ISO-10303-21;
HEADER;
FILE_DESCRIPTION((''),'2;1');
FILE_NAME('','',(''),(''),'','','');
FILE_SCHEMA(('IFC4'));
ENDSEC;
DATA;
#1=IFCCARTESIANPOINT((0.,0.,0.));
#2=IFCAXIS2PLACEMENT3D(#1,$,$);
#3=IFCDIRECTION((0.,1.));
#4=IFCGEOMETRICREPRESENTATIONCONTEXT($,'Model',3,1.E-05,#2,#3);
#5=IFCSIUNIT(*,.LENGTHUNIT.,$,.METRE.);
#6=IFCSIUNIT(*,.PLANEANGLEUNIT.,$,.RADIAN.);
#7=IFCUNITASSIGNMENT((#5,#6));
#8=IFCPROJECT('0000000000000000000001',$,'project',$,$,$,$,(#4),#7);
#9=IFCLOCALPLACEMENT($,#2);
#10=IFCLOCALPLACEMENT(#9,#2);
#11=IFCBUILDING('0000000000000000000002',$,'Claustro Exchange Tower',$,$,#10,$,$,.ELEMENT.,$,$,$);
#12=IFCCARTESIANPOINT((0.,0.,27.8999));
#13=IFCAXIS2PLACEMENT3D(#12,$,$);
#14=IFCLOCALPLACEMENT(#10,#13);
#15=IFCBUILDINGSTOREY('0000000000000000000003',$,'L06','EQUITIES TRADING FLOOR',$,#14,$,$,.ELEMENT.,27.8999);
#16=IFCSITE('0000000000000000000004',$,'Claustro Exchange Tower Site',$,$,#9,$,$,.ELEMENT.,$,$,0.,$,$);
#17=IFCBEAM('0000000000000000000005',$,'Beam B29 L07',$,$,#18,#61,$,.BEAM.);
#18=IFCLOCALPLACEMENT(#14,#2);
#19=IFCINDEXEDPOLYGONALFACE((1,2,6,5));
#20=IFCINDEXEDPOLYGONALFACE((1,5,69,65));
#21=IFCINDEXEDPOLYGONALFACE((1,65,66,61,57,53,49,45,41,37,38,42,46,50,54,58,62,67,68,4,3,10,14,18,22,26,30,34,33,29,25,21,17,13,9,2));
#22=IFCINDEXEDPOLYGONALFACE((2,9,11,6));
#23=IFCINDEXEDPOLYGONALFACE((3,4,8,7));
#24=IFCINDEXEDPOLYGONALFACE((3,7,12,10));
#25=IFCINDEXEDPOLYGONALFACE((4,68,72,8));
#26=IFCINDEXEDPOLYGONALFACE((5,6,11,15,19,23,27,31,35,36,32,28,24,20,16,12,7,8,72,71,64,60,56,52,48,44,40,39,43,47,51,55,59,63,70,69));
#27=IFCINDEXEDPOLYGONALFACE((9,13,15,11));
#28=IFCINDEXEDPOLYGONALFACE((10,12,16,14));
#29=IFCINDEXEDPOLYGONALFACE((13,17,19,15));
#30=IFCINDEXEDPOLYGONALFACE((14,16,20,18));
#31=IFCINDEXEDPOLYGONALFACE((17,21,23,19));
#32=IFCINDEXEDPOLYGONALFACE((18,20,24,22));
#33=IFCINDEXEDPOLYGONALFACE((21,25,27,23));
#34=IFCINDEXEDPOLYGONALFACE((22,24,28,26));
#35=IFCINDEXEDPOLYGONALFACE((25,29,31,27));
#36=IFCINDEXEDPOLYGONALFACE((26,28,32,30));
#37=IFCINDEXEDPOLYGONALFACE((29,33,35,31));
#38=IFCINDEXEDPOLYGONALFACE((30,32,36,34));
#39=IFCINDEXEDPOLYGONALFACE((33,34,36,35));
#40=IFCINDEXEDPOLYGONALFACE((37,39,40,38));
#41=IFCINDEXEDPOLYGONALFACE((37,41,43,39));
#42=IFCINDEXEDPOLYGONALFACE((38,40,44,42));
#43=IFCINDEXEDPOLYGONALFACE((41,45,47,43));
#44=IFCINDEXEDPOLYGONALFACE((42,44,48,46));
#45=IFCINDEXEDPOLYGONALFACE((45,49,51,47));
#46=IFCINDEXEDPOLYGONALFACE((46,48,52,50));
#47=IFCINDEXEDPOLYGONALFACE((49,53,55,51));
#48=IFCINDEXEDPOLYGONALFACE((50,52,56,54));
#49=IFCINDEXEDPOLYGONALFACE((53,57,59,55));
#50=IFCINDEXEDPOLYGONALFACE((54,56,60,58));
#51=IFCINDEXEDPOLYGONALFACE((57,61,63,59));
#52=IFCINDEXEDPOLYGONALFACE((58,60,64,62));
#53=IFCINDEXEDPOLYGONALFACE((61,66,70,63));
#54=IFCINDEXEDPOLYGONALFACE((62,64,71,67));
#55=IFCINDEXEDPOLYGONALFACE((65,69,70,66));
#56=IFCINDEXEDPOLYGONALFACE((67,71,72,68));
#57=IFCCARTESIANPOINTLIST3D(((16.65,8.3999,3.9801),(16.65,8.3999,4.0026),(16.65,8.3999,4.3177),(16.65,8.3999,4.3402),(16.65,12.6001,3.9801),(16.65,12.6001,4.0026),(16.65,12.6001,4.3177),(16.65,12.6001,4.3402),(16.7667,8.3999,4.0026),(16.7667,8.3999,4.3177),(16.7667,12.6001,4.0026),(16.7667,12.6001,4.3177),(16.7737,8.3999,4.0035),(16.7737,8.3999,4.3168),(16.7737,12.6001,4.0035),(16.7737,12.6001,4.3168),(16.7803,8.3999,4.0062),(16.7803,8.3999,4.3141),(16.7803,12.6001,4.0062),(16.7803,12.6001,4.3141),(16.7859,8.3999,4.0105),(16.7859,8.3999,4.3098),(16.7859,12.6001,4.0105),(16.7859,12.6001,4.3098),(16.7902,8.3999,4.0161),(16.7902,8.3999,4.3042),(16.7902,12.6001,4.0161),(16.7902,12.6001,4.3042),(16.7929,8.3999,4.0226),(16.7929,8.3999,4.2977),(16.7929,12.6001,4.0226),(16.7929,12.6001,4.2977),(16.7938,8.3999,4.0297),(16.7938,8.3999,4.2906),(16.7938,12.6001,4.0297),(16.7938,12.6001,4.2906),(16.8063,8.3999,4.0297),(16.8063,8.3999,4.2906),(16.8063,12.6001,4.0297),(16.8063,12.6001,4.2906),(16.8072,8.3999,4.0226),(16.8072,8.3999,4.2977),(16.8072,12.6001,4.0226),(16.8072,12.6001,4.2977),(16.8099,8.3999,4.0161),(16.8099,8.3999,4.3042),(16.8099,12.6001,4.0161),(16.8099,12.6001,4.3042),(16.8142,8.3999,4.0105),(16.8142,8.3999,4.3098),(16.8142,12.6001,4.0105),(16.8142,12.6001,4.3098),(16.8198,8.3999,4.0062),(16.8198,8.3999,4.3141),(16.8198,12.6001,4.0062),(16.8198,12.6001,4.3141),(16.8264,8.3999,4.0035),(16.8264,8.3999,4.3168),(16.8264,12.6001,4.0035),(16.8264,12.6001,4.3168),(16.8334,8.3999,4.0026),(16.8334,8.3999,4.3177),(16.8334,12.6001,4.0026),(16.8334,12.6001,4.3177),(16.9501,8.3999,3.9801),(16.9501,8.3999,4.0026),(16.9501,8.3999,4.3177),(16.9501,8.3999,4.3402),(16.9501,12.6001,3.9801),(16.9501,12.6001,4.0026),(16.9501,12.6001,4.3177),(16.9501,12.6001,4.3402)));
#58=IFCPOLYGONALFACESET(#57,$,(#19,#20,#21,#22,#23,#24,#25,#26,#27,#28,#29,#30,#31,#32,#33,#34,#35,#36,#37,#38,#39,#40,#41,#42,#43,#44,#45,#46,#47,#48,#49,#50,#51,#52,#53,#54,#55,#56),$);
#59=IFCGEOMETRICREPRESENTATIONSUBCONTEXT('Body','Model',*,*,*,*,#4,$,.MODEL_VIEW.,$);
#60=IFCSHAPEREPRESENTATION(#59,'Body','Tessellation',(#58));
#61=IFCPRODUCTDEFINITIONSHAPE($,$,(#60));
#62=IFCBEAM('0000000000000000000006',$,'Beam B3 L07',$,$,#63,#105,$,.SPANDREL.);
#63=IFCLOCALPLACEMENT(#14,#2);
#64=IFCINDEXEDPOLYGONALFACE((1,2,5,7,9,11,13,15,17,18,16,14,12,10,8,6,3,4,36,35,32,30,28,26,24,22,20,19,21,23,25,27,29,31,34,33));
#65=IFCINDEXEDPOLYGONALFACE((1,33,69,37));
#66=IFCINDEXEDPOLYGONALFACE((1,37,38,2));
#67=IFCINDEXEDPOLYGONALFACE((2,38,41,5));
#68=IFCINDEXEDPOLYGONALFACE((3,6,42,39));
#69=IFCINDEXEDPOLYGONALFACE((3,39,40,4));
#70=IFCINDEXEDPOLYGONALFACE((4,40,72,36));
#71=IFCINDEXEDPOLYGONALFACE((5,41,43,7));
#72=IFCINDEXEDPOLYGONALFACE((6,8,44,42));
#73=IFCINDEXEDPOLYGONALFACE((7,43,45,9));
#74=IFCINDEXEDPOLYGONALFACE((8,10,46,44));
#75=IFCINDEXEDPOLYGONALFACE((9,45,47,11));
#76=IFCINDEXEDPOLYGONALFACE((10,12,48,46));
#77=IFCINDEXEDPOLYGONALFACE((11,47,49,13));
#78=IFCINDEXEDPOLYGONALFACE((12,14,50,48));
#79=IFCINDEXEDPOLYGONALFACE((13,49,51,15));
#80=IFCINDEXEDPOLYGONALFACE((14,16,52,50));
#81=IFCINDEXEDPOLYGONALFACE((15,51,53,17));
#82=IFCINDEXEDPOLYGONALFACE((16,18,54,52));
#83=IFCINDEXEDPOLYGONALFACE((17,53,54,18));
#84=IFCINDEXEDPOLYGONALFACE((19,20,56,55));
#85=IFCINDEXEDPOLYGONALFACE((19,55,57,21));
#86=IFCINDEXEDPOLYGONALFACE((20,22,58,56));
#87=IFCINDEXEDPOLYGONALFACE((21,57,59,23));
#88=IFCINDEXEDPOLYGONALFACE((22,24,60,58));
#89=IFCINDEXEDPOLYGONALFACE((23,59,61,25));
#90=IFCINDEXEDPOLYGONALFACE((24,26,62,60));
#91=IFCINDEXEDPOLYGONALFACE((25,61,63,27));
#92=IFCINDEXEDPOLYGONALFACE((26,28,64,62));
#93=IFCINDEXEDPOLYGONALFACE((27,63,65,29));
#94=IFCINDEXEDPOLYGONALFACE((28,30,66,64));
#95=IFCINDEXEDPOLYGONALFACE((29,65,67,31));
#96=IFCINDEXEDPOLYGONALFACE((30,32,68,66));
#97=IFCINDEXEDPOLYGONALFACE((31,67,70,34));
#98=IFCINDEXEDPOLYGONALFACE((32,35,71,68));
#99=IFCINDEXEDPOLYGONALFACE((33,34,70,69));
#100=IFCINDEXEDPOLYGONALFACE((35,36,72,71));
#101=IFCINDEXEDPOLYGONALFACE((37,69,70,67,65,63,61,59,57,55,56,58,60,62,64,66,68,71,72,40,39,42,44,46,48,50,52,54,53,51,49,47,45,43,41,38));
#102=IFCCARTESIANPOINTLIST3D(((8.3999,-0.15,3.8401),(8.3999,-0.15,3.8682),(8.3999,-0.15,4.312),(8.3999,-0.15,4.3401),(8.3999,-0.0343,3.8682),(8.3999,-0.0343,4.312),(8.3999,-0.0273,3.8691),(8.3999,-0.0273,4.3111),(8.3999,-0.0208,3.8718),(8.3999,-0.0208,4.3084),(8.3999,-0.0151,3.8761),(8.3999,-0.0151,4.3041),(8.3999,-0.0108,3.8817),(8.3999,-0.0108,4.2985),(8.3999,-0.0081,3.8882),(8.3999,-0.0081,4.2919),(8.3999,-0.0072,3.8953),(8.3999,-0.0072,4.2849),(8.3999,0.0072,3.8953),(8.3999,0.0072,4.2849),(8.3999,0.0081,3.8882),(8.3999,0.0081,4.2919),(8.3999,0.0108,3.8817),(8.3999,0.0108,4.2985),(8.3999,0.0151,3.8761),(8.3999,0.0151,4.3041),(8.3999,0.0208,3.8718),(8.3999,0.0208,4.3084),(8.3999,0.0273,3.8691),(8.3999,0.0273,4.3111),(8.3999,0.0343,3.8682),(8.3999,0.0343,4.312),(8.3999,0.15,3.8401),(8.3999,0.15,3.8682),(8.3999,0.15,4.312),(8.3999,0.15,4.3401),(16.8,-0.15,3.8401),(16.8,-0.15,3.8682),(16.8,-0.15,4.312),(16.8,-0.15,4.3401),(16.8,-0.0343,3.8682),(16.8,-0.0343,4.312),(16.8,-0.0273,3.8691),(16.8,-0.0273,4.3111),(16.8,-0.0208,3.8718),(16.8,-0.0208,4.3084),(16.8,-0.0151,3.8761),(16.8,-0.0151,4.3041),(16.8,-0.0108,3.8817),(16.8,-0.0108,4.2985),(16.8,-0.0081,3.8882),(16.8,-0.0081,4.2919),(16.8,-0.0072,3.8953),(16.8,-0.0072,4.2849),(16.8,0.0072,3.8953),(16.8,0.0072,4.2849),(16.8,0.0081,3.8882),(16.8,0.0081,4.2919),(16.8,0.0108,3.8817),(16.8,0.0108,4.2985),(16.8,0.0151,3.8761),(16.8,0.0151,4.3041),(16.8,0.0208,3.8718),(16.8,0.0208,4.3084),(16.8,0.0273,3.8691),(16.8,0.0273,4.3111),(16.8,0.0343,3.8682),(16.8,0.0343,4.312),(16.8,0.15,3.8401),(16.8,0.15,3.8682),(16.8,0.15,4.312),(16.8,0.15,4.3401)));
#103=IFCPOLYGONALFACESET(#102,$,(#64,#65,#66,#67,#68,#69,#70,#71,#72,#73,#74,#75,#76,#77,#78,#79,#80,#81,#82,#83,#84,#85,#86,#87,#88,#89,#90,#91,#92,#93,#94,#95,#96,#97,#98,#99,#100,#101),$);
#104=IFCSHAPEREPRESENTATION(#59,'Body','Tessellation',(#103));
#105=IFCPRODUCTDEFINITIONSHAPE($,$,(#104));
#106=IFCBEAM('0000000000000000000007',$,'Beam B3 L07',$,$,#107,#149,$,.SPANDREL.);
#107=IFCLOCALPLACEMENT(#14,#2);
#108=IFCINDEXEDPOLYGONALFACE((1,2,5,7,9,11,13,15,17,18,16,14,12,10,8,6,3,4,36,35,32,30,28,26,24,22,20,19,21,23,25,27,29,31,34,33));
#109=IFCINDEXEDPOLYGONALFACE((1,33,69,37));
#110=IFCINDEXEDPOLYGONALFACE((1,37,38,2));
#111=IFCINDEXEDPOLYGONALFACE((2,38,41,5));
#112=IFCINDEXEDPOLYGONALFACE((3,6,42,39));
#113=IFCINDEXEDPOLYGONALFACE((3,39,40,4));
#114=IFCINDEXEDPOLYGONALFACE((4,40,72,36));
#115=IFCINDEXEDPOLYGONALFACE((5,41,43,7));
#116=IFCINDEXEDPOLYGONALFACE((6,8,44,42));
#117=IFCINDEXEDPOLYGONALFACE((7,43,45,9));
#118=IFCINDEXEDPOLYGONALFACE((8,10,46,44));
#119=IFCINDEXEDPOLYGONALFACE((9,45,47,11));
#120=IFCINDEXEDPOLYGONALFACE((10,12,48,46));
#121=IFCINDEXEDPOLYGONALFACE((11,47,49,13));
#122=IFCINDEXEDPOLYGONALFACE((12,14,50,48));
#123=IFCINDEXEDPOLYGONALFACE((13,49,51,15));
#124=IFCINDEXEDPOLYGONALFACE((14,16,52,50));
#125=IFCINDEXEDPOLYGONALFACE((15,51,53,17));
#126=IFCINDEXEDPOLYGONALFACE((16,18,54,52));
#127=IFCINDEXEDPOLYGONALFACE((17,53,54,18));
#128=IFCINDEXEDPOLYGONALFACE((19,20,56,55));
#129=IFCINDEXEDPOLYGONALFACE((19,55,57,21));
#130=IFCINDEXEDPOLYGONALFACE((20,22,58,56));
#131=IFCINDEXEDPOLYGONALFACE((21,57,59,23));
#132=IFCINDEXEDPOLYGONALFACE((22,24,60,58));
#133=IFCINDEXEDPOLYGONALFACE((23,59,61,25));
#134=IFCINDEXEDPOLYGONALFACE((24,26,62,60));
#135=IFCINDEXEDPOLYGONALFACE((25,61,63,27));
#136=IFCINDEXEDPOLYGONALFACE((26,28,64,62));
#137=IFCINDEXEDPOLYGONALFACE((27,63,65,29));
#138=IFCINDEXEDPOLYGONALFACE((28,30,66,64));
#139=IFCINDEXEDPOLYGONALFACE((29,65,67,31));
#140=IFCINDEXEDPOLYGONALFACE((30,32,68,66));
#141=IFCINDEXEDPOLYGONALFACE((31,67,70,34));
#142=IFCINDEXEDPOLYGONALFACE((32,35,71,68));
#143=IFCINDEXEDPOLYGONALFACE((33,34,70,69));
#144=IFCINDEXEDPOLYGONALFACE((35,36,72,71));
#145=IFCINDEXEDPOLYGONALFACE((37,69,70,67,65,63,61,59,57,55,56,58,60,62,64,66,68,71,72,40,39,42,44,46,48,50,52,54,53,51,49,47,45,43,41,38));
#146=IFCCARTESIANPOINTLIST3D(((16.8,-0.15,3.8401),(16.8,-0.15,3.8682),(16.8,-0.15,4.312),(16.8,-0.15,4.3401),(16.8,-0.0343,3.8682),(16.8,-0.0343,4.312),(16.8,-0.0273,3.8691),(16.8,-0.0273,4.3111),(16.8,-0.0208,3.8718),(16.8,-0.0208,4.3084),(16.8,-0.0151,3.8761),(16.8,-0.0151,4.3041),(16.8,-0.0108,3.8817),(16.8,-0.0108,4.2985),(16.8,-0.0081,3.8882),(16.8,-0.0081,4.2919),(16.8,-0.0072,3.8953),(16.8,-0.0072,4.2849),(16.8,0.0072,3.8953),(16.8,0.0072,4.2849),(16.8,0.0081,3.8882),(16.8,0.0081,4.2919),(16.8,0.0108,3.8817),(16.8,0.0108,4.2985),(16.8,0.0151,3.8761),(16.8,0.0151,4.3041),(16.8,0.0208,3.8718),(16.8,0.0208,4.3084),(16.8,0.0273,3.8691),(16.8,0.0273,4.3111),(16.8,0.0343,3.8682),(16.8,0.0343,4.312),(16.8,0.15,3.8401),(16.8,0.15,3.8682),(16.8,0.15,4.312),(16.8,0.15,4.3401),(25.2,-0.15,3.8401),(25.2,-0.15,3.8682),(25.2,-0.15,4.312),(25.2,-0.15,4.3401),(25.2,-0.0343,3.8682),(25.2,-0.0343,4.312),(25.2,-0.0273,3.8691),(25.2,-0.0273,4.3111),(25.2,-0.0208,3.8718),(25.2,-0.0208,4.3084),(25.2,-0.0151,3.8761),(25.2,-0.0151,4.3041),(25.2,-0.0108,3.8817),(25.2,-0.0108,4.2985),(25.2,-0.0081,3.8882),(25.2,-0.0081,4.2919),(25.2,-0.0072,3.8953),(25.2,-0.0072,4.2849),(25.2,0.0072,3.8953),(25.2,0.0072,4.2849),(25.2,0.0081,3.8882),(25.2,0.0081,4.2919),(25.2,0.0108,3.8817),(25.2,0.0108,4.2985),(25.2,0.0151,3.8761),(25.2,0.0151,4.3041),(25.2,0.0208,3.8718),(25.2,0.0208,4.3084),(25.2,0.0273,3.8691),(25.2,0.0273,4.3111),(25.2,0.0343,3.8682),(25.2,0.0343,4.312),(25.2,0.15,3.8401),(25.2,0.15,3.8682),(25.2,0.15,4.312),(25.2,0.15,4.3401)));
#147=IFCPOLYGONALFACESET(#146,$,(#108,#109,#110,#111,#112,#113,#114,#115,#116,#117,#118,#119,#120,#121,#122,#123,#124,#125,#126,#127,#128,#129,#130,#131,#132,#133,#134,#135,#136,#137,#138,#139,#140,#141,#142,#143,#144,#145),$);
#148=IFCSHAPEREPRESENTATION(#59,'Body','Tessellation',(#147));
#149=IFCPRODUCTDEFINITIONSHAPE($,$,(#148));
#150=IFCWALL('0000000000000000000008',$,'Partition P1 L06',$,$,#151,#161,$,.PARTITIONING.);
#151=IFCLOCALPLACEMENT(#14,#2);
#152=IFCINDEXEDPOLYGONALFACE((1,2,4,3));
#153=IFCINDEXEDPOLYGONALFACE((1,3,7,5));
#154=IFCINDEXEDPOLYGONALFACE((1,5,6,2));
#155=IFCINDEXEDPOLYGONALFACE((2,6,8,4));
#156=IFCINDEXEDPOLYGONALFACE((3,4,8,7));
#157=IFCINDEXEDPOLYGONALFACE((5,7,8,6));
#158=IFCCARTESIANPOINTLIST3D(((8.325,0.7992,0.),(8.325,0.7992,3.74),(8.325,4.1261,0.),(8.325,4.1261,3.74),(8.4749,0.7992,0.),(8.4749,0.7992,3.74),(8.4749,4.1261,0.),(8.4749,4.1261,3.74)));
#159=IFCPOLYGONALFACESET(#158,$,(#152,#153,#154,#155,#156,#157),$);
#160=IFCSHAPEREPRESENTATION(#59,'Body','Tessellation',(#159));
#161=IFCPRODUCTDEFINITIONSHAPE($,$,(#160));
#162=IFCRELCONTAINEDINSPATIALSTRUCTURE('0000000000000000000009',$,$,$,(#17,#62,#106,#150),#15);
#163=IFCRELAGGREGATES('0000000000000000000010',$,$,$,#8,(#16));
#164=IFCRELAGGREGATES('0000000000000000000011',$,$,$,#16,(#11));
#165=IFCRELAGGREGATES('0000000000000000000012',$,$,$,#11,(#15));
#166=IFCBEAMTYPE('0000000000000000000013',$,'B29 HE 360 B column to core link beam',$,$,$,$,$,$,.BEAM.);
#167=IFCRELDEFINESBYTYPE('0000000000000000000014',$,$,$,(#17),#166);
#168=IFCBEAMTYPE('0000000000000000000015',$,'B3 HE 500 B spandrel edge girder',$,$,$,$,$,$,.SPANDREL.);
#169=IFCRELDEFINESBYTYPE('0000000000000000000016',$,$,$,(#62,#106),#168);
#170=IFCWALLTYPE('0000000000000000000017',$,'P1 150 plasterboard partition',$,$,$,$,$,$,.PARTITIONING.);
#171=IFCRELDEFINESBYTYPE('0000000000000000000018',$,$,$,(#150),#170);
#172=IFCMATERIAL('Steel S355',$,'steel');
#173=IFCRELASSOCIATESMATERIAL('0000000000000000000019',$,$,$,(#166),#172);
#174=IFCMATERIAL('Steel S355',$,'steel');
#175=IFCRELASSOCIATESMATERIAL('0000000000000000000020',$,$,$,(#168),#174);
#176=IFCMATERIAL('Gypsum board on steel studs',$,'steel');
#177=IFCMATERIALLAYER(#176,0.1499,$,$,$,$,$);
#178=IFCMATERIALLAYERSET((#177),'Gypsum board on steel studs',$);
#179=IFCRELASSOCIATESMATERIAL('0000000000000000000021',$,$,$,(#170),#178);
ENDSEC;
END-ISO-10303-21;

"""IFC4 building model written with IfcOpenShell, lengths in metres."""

from ifc_helpers import new_model, si_unit, direction, frame, frame_2d, origin, origin_2d, place, context, subcontext, project, spatial, rectangle, i_section, extrude, material, layer, layer_set, material_profile, profile_set, type_object, element, save


model = new_model("IFC4")

# Units and contexts
model_context = context("Model", 3, precision=1e-05, world=origin(), true_north=direction((0.0, 1.0)))
body_context = subcontext(model_context, "Body", "Model", "MODEL_VIEW")
ifc_project = project(units=[si_unit("LENGTHUNIT", "METRE"), si_unit("PLANEANGLEUNIT", "RADIAN")], contexts=[model_context])

# Site, building, storey
site_placement = place(None, origin())
site = spatial("IfcSite", under=ifc_project, at=site_placement, Name="Claustro Exchange Tower Site", CompositionType="ELEMENT", RefElevation=0.0)
building_placement = place(site_placement, origin())
building = spatial("IfcBuilding", under=site, at=building_placement, Name="Claustro Exchange Tower", CompositionType="ELEMENT")
storey_placement = place(building_placement, frame((0.0, 0.0, 27.8999)))
storey = spatial("IfcBuildingStorey", under=building, at=storey_placement, Name="L06", Description="EQUITIES TRADING FLOOR", CompositionType="ELEMENT", Elevation=27.8999)

# Beams
ifc_material_1 = material(Name="Steel S355", Category="steel")
ifc_material_profile_1 = material_profile(ifc_material_1, i_section(OverallWidth=0.3, OverallDepth=0.3601, WebThickness=0.0125, FlangeThickness=0.0225, FilletRadius=0.0271, at=origin_2d()), Name="HE 360 B")
ifc_profile_set_1 = profile_set([ifc_material_profile_1], Name="Steel S355")
beam_type_1 = type_object("IfcBeamType", Name="B29 HE 360 B column to core link beam", PredefinedType="BEAM", material=ifc_profile_set_1)
for number, where, z_axis, x_axis, name in (
    (1, (16.8, 8.3999, 4.1602), (0.0, 1.0, 0.0), (-1.0, 0.0, 0.0), "Beam B29 L07"),
):
    element("IfcBeam", number, at=place(storey_placement, frame(where, z_axis=z_axis, x_axis=x_axis)), inside=storey, type_object=beam_type_1, Name=name, PredefinedType="BEAM", context=body_context, shape_type="SweptSolid", body=[
        extrude(i_section(OverallWidth=0.3, OverallDepth=0.3601, WebThickness=0.0125, FlangeThickness=0.0225, FilletRadius=0.0271, at=origin_2d()), origin(), (0.0, 0.0, 1.0), 4.2002),
    ])
ifc_material_2 = material(Name="Steel S355", Category="steel")
ifc_material_profile_2 = material_profile(ifc_material_2, i_section(OverallWidth=0.3, OverallDepth=0.5, WebThickness=0.0144, FlangeThickness=0.0281, FilletRadius=0.0271, at=origin_2d()), Name="HE 500 B")
ifc_profile_set_2 = profile_set([ifc_material_profile_2], Name="Steel S355")
beam_type_2 = type_object("IfcBeamType", Name="B3 HE 500 B spandrel edge girder", PredefinedType="SPANDREL", material=ifc_profile_set_2)
beam_1_placement = place(storey_placement, frame((8.3999, 0.0, 4.0901), z_axis=(1.0, 0.0, 0.0), x_axis=(0.0, 1.0, 0.0)))
element("IfcBeam", 2, at=beam_1_placement, inside=storey, type_object=beam_type_2, Name="Beam B3 L07", PredefinedType="SPANDREL", context=body_context, shape_type="SweptSolid", body=[
    extrude(i_section(OverallWidth=0.3, OverallDepth=0.5, WebThickness=0.0144, FlangeThickness=0.0281, FilletRadius=0.0271, at=origin_2d()), origin(), (0.0, 0.0, 1.0), 8.4001),
])
beam_2_placement = place(storey_placement, frame((16.8, 0.0, 4.0901), z_axis=(1.0, 0.0, 0.0), x_axis=(0.0, 1.0, 0.0)))
element("IfcBeam", 3, at=beam_2_placement, inside=storey, type_object=beam_type_2, Name="Beam B3 L07", PredefinedType="SPANDREL", context=body_context, shape_type="SweptSolid", body=[
    extrude(i_section(OverallWidth=0.3, OverallDepth=0.5, WebThickness=0.0144, FlangeThickness=0.0281, FilletRadius=0.0271, at=origin_2d()), origin(), (0.0, 0.0, 1.0), 8.3999),
])

# Wall
ifc_material_3 = material(Name="Gypsum board on steel studs", Category="steel")
ifc_layer_1 = layer(ifc_material_3, 0.1499)
ifc_layer_set_1 = layer_set([ifc_layer_1], Name="Gypsum board on steel studs")
wall_type_1 = type_object("IfcWallType", Name="P1 150 plasterboard partition", PredefinedType="PARTITIONING", material=ifc_layer_set_1)
wall_1_placement = place(storey_placement, frame((8.3999, 0.7991, 0.0), z_axis=(0.0, 0.0, 1.0), x_axis=(0.0, 1.0, 0.0)))
element("IfcWall", 4, at=wall_1_placement, inside=storey, type_object=wall_type_1, Name="Partition P1 L06", PredefinedType="PARTITIONING", context=body_context, shape_type="SweptSolid", body=[
    extrude(rectangle(XDim=3.3269, YDim=0.1499, at=frame_2d((1.6636, 0.0))), origin(), (0.0, 0.0, 1.0), 3.74),
])

save(model, "model.ifc")
